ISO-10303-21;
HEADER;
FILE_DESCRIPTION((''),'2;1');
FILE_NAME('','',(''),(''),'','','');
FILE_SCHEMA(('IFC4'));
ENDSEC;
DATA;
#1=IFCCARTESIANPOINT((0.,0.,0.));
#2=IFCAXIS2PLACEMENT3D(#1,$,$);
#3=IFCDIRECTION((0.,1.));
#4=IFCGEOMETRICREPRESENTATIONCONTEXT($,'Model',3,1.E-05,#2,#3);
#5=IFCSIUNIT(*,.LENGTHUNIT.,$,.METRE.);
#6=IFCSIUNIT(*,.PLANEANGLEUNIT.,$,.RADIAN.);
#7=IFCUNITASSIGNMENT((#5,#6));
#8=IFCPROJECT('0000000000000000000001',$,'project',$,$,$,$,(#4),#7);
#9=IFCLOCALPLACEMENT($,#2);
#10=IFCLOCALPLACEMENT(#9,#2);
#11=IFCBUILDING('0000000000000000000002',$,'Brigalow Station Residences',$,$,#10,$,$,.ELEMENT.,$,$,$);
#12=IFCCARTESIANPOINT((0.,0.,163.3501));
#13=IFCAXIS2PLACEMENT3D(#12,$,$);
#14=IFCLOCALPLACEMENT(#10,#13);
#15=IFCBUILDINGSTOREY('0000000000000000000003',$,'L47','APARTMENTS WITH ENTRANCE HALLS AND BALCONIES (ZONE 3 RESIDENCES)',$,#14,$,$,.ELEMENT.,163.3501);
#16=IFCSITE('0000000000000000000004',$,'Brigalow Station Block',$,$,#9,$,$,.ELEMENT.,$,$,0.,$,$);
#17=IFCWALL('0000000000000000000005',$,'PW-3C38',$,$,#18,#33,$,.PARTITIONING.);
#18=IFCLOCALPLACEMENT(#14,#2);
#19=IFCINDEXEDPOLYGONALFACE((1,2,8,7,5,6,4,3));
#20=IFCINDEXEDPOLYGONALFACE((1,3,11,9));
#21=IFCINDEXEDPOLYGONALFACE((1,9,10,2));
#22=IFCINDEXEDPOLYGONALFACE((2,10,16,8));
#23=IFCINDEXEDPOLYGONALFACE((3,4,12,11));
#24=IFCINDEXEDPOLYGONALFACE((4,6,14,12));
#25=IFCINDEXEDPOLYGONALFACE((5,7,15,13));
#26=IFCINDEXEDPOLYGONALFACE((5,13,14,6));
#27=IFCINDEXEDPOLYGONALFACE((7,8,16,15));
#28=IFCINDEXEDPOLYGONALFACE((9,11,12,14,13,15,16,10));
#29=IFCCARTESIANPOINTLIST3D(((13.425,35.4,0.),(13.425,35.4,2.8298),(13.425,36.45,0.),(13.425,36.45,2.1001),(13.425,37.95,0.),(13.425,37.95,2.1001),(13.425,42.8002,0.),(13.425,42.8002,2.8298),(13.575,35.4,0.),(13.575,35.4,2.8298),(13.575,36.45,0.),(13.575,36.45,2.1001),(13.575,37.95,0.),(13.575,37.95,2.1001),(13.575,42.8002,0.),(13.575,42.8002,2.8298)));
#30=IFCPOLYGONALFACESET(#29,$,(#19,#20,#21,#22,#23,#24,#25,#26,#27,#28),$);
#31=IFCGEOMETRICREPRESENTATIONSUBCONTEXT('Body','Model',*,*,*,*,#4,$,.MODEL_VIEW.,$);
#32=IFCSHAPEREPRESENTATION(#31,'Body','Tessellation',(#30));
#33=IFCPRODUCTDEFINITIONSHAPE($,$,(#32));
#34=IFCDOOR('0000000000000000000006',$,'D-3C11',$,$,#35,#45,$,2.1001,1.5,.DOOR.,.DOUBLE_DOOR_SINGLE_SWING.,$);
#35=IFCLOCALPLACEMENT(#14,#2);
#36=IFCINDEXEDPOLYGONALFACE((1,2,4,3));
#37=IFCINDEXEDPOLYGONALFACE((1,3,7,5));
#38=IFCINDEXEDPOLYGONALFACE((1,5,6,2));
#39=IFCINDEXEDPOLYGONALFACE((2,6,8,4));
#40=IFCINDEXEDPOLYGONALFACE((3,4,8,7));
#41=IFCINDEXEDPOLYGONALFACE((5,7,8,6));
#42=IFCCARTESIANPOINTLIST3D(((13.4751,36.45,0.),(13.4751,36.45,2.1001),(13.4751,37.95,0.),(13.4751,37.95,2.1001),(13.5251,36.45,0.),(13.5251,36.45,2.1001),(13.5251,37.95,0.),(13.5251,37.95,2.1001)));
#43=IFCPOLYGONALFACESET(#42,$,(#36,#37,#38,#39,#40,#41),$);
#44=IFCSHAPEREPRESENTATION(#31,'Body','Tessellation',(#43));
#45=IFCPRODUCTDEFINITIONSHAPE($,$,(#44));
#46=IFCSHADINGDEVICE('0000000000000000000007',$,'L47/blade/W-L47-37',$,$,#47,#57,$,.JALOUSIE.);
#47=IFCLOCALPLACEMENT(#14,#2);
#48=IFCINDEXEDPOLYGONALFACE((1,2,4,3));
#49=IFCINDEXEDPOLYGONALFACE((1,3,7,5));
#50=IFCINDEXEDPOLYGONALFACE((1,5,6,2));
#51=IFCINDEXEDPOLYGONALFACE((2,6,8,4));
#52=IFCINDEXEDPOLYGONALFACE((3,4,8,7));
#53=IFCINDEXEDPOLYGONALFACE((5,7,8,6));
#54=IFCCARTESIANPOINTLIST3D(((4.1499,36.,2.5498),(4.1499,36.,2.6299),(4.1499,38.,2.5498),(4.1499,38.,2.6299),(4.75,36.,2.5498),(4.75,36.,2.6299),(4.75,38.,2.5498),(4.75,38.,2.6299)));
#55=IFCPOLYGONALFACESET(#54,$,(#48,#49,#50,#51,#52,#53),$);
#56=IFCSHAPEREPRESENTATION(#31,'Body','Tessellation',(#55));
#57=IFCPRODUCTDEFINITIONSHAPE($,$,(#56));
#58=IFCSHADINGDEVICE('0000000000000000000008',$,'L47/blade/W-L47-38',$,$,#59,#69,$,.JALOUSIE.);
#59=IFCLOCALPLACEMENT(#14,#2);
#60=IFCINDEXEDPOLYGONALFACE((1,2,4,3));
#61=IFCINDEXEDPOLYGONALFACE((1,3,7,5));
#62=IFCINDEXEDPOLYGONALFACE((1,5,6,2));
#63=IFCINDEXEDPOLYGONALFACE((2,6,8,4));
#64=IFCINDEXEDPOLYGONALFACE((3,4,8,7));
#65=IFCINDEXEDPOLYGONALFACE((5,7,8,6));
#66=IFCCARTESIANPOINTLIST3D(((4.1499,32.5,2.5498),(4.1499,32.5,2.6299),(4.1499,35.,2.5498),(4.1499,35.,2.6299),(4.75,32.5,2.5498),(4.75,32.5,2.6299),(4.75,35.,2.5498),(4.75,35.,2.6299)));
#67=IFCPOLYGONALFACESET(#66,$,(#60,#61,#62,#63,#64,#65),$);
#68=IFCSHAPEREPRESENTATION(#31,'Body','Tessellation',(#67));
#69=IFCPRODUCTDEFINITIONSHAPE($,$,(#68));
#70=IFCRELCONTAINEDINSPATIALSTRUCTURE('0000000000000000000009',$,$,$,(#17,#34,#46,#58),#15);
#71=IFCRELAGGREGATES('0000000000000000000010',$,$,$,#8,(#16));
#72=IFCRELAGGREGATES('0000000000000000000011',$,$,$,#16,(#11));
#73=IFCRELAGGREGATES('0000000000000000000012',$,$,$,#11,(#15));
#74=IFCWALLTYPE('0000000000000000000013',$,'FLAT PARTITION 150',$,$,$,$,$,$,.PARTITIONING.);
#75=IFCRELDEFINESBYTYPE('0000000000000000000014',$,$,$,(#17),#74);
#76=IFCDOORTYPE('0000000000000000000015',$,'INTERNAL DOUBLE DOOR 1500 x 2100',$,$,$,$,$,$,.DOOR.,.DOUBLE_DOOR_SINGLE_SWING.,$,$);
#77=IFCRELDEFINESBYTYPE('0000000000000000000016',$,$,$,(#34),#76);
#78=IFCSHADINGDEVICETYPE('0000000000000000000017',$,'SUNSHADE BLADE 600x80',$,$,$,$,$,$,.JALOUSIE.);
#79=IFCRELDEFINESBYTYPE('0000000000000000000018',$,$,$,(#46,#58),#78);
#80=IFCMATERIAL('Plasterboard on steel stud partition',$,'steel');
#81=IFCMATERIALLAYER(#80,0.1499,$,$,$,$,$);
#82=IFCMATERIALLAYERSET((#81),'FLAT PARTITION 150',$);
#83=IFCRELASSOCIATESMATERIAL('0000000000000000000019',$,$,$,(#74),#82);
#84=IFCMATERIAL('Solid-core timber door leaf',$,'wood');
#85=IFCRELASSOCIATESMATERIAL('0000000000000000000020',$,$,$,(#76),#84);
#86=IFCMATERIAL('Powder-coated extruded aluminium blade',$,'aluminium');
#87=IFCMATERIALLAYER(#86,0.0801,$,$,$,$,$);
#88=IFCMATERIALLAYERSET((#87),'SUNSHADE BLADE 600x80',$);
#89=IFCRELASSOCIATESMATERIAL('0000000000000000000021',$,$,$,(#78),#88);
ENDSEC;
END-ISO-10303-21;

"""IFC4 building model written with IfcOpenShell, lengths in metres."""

from ifc_helpers import new_model, si_unit, direction, frame, frame_2d, origin, origin_2d, place, context, subcontext, project, spatial, rectangle, extrude, material, layer, layer_set, type_object, element, fill, save


model = new_model("IFC4")

# Units and contexts
model_context = context("Model", 3, precision=1e-05, world=origin(), true_north=direction((0.0, 1.0)))
body_context = subcontext(model_context, "Body", "Model", "MODEL_VIEW")
ifc_project = project(units=[si_unit("LENGTHUNIT", "METRE"), si_unit("PLANEANGLEUNIT", "RADIAN")], contexts=[model_context])

# Site, building, storey
site_placement = place(None, origin())
site = spatial("IfcSite", under=ifc_project, at=site_placement, Name="Brigalow Station Block", CompositionType="ELEMENT", RefElevation=0.0)
building_placement = place(site_placement, origin())
building = spatial("IfcBuilding", under=site, at=building_placement, Name="Brigalow Station Residences", CompositionType="ELEMENT")
storey_placement = place(building_placement, frame((0.0, 0.0, 163.3501)))
storey = spatial("IfcBuildingStorey", under=building, at=storey_placement, Name="L47", Description="APARTMENTS WITH ENTRANCE HALLS AND BALCONIES (ZONE 3 RESIDENCES)", CompositionType="ELEMENT", Elevation=163.3501)

# Wall, opening, door
ifc_material_1 = material(Name="Plasterboard on steel stud partition", Category="steel")
ifc_layer_1 = layer(ifc_material_1, 0.1499)
ifc_layer_set_1 = layer_set([ifc_layer_1], Name="FLAT PARTITION 150")
wall_type_1 = type_object("IfcWallType", Name="FLAT PARTITION 150", PredefinedType="PARTITIONING", material=ifc_layer_set_1)
ifc_material_2 = material(Name="Solid-core timber door leaf", Category="wood")
door_type = type_object("IfcDoorType", Name="INTERNAL DOUBLE DOOR 1500 x 2100", OperationType="DOUBLE_DOOR_SINGLE_SWING", PredefinedType="DOOR", material=ifc_material_2)
wall_1_placement = place(storey_placement, frame((13.5, 35.3999, 0.0), z_axis=(0.0, 0.0, 1.0), x_axis=(0.0, 1.0, 0.0)))
wall_1 = element("IfcWall", 1, at=wall_1_placement, inside=storey, type_object=wall_type_1, Name="PW-3C38", PredefinedType="PARTITIONING", context=body_context, shape_type="SweptSolid", body=[
    extrude(rectangle(XDim=7.4001, YDim=0.1499, at=frame_2d((3.7002, 0.0))), origin(), (0.0, 0.0, 1.0), 2.8298),
])
opening_1_placement = place(wall_1_placement, frame((1.05, 0.0, 0.0)))
opening_1 = element("IfcOpeningElement", 2, at=opening_1_placement, cuts=wall_1, PredefinedType="OPENING", context=body_context, shape_type="SweptSolid", body=[
    extrude(rectangle(XDim=1.5, YDim=2.1001, at=frame_2d((0.75, 1.05))), frame((0.0, 0.085, 0.0), z_axis=(0.0, -1.0, 0.0), x_axis=(1.0, 0.0, 0.0)), (0.0, 0.0, 1.0), 0.1699),
])
door_1_placement = place(opening_1_placement, origin())
door_1 = element("IfcDoor", 3, at=door_1_placement, inside=storey, type_object=door_type, Name="D-3C11", OperationType="DOUBLE_DOOR_SINGLE_SWING", OverallHeight=2.1001, OverallWidth=1.5, PredefinedType="DOOR", context=body_context, shape_type="SweptSolid", body=[
    extrude(rectangle(XDim=1.5, YDim=2.1001, at=frame_2d((0.75, 1.05))), frame((0.0, 0.0249, 0.0), z_axis=(0.0, -1.0, 0.0), x_axis=(1.0, 0.0, 0.0)), (0.0, 0.0, 1.0), 0.05),
])
fill(opening_1, door_1)

# Shading devices
ifc_material_3 = material(Name="Powder-coated extruded aluminium blade", Category="aluminium")
ifc_layer_2 = layer(ifc_material_3, 0.0801)
ifc_layer_set_2 = layer_set([ifc_layer_2], Name="SUNSHADE BLADE 600x80")
shading_device_type = type_object("IfcShadingDeviceType", Name="SUNSHADE BLADE 600x80", PredefinedType="JALOUSIE", material=ifc_layer_set_2)
shading_device_1_placement = place(storey_placement, frame((4.45, 37.0, 2.5498), z_axis=(0.0, 0.0, 1.0), x_axis=(0.0, -1.0, 0.0)))
element("IfcShadingDevice", 4, at=shading_device_1_placement, inside=storey, type_object=shading_device_type, Name="L47/blade/W-L47-37", PredefinedType="JALOUSIE", context=body_context, shape_type="SweptSolid", body=[
    extrude(rectangle(XDim=2.0, YDim=0.6001, at=origin_2d()), origin(), (0.0, 0.0, 1.0), 0.0801),
])
shading_device_2_placement = place(storey_placement, frame((4.45, 33.75, 2.5498), z_axis=(0.0, 0.0, 1.0), x_axis=(0.0, -1.0, 0.0)))
element("IfcShadingDevice", 5, at=shading_device_2_placement, inside=storey, type_object=shading_device_type, Name="L47/blade/W-L47-38", PredefinedType="JALOUSIE", context=body_context, shape_type="SweptSolid", body=[
    extrude(rectangle(XDim=2.5, YDim=0.6001, at=origin_2d()), origin(), (0.0, 0.0, 1.0), 0.0801),
])

save(model, "model.ifc")
